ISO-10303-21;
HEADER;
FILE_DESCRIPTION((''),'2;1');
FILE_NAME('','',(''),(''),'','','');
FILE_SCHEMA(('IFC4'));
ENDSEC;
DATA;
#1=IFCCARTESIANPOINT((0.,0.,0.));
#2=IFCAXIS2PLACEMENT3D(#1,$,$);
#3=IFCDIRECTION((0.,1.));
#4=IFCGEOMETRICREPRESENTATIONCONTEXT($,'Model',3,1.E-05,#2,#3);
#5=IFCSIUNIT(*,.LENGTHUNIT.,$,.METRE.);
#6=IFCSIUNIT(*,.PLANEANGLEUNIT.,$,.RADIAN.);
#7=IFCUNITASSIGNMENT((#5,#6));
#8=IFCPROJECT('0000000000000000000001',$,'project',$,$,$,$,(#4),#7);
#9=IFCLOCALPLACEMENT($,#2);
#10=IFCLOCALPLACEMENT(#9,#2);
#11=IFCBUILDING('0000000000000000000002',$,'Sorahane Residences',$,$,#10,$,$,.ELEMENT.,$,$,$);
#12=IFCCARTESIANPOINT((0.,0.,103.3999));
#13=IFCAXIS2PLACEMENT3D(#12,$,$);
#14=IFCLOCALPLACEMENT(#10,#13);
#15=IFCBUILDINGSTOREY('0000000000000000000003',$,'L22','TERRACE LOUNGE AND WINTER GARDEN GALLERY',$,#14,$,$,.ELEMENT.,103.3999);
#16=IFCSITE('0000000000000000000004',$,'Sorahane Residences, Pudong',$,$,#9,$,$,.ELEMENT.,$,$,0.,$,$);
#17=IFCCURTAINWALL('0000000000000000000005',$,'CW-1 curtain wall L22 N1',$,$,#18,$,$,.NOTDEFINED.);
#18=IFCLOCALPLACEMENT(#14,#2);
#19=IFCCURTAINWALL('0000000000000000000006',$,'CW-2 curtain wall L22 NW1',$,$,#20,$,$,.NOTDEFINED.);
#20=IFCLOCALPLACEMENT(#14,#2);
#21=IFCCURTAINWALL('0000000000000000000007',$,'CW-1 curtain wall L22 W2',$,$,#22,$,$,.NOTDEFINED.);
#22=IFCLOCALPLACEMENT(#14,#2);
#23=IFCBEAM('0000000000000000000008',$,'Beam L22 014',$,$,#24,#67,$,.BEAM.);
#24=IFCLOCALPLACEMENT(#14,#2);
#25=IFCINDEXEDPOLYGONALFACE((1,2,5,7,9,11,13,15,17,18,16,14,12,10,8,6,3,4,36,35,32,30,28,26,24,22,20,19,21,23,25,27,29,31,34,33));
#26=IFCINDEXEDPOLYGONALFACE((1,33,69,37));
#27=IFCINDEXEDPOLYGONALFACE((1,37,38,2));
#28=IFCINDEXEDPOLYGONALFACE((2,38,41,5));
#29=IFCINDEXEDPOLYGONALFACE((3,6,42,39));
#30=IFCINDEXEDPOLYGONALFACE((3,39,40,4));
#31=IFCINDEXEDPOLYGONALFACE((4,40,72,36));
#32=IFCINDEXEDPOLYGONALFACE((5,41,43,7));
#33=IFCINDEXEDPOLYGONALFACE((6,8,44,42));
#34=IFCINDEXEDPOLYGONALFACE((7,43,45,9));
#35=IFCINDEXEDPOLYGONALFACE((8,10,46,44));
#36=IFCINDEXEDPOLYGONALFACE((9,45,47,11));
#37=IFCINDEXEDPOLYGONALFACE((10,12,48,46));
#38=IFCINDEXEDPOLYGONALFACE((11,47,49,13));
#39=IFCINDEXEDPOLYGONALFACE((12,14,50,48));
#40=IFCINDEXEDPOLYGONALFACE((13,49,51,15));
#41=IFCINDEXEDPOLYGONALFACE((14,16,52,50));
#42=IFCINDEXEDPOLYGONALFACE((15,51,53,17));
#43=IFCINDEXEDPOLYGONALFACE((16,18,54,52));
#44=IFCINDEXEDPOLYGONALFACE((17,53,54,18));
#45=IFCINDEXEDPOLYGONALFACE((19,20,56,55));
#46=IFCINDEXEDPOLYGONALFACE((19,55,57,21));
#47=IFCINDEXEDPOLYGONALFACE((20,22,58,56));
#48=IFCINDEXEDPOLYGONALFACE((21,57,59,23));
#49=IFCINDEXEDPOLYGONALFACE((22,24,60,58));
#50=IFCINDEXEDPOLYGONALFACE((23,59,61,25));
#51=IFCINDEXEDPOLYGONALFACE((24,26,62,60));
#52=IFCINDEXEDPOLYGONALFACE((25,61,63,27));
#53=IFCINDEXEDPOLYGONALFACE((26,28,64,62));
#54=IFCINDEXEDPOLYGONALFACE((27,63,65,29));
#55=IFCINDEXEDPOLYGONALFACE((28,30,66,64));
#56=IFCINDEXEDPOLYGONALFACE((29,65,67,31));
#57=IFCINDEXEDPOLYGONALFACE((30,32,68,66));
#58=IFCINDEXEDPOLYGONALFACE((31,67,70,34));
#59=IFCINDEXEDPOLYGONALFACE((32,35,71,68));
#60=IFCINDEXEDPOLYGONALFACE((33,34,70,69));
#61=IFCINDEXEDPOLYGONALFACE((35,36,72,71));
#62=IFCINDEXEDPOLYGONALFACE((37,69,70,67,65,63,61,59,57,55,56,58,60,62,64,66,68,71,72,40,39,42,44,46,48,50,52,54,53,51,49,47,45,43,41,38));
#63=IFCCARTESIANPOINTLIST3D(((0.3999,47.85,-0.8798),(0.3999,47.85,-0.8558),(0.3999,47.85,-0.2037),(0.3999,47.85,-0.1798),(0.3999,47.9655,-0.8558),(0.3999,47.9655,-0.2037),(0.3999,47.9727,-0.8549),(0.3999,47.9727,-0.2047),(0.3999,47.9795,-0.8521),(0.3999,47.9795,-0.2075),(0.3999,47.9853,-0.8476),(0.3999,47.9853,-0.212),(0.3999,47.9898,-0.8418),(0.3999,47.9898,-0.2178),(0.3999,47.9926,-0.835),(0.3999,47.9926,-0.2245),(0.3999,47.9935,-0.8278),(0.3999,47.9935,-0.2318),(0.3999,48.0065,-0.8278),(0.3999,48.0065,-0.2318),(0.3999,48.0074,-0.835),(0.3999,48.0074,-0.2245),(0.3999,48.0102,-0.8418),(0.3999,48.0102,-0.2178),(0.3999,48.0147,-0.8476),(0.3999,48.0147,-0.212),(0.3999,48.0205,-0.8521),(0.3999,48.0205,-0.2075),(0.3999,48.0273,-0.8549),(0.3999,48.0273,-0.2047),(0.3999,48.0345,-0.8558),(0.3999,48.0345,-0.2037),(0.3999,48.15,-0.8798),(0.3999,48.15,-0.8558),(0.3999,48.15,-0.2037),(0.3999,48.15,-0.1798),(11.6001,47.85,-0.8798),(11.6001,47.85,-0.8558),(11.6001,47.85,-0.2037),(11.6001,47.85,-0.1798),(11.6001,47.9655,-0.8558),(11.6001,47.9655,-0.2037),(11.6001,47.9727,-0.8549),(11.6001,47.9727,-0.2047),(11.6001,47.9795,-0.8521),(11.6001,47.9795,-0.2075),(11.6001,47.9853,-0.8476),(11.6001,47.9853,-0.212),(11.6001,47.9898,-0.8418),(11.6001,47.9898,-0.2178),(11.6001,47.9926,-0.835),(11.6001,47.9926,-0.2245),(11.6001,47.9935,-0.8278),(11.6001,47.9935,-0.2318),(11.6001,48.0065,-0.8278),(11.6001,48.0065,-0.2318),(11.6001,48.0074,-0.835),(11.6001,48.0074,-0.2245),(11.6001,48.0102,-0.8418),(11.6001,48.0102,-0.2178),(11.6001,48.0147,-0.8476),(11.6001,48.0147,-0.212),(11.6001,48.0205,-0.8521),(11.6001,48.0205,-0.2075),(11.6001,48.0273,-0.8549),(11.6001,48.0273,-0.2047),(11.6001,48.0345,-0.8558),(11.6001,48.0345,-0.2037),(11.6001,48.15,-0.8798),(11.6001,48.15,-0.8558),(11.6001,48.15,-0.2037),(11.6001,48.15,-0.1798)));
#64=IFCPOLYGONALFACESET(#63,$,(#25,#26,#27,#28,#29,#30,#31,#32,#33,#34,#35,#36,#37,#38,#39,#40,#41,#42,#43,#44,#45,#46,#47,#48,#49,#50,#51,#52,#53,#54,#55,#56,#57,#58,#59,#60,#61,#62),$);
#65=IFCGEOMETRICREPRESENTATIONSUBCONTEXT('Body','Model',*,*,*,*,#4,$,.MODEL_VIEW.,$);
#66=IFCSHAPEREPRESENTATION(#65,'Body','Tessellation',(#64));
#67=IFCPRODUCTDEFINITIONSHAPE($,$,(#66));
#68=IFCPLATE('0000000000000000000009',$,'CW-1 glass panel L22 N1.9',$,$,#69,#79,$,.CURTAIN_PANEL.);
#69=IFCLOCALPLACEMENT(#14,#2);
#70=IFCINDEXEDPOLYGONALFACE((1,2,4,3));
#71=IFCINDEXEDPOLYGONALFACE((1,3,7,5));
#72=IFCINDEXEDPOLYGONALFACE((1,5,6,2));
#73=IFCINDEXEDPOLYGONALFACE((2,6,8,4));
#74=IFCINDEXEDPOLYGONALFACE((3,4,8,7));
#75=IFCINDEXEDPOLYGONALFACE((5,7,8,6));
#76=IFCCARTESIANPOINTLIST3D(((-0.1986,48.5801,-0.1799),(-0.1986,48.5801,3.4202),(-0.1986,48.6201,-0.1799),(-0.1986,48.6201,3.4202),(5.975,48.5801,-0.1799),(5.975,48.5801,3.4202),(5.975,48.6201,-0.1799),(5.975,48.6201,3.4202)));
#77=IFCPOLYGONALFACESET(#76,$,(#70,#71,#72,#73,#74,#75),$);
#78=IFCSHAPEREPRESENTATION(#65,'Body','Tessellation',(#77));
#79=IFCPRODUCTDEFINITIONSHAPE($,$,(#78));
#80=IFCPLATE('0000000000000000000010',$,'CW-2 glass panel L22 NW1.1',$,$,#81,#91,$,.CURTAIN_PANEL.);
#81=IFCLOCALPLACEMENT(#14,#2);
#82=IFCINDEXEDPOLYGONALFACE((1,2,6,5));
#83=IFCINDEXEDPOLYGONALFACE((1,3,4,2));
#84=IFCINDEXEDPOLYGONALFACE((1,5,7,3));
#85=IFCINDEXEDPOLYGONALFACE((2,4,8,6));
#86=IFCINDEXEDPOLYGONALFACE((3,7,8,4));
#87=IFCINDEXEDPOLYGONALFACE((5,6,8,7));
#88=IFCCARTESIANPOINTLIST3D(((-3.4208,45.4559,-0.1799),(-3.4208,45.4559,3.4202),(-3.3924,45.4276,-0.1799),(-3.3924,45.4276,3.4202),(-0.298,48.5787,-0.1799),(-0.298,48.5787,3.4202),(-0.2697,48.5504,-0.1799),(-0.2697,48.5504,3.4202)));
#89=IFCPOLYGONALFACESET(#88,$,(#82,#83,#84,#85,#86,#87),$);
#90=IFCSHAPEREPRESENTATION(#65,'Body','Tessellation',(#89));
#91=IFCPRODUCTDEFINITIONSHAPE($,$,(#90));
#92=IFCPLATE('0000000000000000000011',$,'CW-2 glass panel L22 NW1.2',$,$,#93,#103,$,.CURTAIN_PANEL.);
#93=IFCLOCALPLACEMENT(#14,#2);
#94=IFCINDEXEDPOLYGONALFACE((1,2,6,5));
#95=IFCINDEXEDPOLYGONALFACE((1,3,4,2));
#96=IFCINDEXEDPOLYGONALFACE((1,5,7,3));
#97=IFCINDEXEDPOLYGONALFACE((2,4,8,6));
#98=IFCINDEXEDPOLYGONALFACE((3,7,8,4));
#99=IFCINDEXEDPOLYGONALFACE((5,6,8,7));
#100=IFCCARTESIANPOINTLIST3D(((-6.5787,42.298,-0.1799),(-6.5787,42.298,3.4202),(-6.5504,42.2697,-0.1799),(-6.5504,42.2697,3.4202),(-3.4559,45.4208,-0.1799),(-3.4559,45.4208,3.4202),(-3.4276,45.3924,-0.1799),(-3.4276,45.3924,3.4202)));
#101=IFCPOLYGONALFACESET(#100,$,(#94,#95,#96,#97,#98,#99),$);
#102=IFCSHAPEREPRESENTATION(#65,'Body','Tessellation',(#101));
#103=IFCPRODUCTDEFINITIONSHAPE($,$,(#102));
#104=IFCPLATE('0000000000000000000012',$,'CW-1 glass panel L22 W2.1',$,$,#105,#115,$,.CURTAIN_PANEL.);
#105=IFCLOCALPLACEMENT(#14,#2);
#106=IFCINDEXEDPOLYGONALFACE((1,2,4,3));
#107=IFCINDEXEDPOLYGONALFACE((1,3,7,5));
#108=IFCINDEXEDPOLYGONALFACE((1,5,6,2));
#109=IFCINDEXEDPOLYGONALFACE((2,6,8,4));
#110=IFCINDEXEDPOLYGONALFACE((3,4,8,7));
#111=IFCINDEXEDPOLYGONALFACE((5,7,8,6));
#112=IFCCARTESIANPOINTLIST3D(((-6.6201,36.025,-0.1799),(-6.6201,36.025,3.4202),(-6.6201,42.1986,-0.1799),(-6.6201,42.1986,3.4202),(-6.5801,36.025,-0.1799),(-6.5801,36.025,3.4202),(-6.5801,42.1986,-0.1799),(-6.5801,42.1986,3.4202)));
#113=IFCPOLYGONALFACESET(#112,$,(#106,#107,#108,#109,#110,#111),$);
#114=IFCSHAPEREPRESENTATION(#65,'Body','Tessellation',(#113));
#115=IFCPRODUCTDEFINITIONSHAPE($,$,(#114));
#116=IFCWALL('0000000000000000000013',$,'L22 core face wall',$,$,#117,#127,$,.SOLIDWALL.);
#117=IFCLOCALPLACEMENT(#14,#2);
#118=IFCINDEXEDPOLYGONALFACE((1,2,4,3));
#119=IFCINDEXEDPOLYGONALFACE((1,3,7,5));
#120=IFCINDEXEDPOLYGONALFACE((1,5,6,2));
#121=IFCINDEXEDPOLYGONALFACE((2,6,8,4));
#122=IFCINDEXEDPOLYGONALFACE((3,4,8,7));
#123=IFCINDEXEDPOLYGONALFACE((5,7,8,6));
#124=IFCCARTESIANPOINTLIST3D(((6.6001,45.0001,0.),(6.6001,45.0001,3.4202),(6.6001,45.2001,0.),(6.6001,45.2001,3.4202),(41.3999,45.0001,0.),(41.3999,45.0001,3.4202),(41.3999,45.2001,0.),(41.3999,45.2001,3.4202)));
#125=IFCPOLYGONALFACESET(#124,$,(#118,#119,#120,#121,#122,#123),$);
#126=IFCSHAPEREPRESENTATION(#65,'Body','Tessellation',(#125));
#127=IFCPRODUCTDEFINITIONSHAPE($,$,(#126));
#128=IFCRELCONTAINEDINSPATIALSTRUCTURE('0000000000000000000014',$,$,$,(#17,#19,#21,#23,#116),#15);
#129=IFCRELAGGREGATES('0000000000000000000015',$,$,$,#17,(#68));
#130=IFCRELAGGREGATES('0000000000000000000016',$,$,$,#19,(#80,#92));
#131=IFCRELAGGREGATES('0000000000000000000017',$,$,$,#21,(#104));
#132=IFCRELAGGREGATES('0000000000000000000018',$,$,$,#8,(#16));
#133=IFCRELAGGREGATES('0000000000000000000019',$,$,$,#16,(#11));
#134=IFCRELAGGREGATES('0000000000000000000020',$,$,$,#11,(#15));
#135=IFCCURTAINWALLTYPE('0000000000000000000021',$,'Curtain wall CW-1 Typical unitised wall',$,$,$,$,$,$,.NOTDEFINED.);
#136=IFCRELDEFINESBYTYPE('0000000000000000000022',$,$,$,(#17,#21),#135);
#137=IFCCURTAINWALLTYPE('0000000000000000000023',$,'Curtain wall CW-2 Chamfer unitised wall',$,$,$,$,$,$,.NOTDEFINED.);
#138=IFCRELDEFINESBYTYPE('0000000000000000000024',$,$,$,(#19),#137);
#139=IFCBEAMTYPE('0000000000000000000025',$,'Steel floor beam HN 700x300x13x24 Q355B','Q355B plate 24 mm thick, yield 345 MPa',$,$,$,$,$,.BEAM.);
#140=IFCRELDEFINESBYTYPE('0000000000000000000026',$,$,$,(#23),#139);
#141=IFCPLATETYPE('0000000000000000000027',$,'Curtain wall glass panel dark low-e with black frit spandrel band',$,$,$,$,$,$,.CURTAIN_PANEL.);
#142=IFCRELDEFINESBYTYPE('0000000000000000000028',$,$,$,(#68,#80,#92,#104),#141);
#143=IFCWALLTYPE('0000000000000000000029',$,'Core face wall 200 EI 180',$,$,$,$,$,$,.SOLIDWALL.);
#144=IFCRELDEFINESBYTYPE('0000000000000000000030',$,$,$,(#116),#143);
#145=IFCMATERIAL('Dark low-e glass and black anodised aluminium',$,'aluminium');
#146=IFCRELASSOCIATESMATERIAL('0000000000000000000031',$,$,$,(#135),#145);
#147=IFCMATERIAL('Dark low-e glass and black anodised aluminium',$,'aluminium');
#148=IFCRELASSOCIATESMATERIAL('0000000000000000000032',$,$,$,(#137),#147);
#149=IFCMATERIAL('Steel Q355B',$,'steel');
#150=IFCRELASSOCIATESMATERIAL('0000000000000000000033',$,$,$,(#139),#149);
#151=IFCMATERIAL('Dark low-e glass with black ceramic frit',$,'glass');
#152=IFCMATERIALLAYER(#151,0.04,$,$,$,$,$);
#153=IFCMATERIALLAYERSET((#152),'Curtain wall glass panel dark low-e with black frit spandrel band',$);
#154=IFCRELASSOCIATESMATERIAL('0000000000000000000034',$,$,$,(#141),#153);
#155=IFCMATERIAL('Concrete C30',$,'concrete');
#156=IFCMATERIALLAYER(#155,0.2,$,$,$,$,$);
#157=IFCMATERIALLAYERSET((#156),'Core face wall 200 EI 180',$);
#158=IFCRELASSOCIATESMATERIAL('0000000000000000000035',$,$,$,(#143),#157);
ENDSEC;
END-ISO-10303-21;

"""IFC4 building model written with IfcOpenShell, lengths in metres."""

from ifc_helpers import new_model, si_unit, direction, frame, frame_2d, origin, origin_2d, place, context, subcontext, project, spatial, rectangle, i_section, extrude, material, layer, layer_set, material_profile, profile_set, type_object, element, aggregate, save


model = new_model("IFC4")

# Units and contexts
model_context = context("Model", 3, precision=1e-05, world=origin(), true_north=direction((0.0, 1.0)))
body_context = subcontext(model_context, "Body", "Model", "MODEL_VIEW")
ifc_project = project(units=[si_unit("LENGTHUNIT", "METRE"), si_unit("PLANEANGLEUNIT", "RADIAN")], contexts=[model_context])

# Site, building, storey
site_placement = place(None, origin())
site = spatial("IfcSite", under=ifc_project, at=site_placement, Name="Sorahane Residences, Pudong", CompositionType="ELEMENT", RefElevation=0.0)
building_placement = place(site_placement, origin())
building = spatial("IfcBuilding", under=site, at=building_placement, Name="Sorahane Residences", CompositionType="ELEMENT")
storey_placement = place(building_placement, frame((0.0, 0.0, 103.3999)))
storey = spatial("IfcBuildingStorey", under=building, at=storey_placement, Name="L22", Description="TERRACE LOUNGE AND WINTER GARDEN GALLERY", CompositionType="ELEMENT", Elevation=103.3999)

# Curtain walls
ifc_material_1 = material(Name="Dark low-e glass and black anodised aluminium", Category="aluminium")
curtain_wall_type_1 = type_object("IfcCurtainWallType", Name="Curtain wall CW-1 Typical unitised wall", PredefinedType="NOTDEFINED", material=ifc_material_1)
curtain_wall_1_placement = place(storey_placement, origin())
curtain_wall_1 = element("IfcCurtainWall", 1, at=curtain_wall_1_placement, inside=storey, type_object=curtain_wall_type_1, Name="CW-1 curtain wall L22 N1", PredefinedType="NOTDEFINED")
ifc_material_2 = material(Name="Dark low-e glass and black anodised aluminium", Category="aluminium")
curtain_wall_type_2 = type_object("IfcCurtainWallType", Name="Curtain wall CW-2 Chamfer unitised wall", PredefinedType="NOTDEFINED", material=ifc_material_2)
curtain_wall_2_placement = place(storey_placement, origin())
curtain_wall_2 = element("IfcCurtainWall", 2, at=curtain_wall_2_placement, inside=storey, type_object=curtain_wall_type_2, Name="CW-2 curtain wall L22 NW1", PredefinedType="NOTDEFINED")

# Curtain wall
curtain_wall_3_placement = place(storey_placement, origin())
curtain_wall_3 = element("IfcCurtainWall", 3, at=curtain_wall_3_placement, inside=storey, type_object=curtain_wall_type_1, Name="CW-1 curtain wall L22 W2", PredefinedType="NOTDEFINED")

# Beam
ifc_material_3 = material(Name="Steel Q355B", Category="steel")
ifc_material_profile_1 = material_profile(ifc_material_3, i_section(OverallWidth=0.3, OverallDepth=0.7, WebThickness=0.0129, FlangeThickness=0.0239, FilletRadius=0.0281, at=origin_2d()), Name="HN 700x300x13x24")
ifc_profile_set_1 = profile_set([ifc_material_profile_1], Name="Steel Q355B")
beam_type_1 = type_object("IfcBeamType", Name="Steel floor beam HN 700x300x13x24 Q355B", Description="Q355B plate 24 mm thick, yield 345 MPa", PredefinedType="BEAM", material=ifc_profile_set_1)
beam_1_placement = place(storey_placement, frame((0.3999, 48.0, -0.5298), z_axis=(1.0, 0.0, 0.0), x_axis=(0.0, 1.0, 0.0)))
element("IfcBeam", 4, at=beam_1_placement, inside=storey, type_object=beam_type_1, Name="Beam L22 014", PredefinedType="BEAM", context=body_context, shape_type="SweptSolid", body=[
    extrude(i_section(OverallWidth=0.3, OverallDepth=0.7, WebThickness=0.0129, FlangeThickness=0.0239, FilletRadius=0.0281, at=origin_2d()), origin(), (0.0, 0.0, 1.0), 11.2002),
])

# Plates
ifc_material_4 = material(Name="Dark low-e glass with black ceramic frit", Category="glass")
ifc_layer_1 = layer(ifc_material_4, 0.04)
ifc_layer_set_1 = layer_set([ifc_layer_1], Name="Curtain wall glass panel dark low-e with black frit spandrel band")
plate_type = type_object("IfcPlateType", Name="Curtain wall glass panel dark low-e with black frit spandrel band", PredefinedType="CURTAIN_PANEL", material=ifc_layer_set_1)
plate_1_placement = place(storey_placement, frame((2.8882, 48.6001, -0.1799), z_axis=(0.0, 0.0, 1.0), x_axis=(-1.0, 0.0, 0.0)))
plate_1 = element("IfcPlate", 5, at=plate_1_placement, type_object=plate_type, Name="CW-1 glass panel L22 N1.9", PredefinedType="CURTAIN_PANEL", context=body_context, shape_type="SweptSolid", body=[
    extrude(rectangle(XDim=6.1736, YDim=0.04, at=origin_2d()), origin(), (0.0, 0.0, 1.0), 3.6001),
])
aggregate(curtain_wall_1, [plate_1])
plate_2_placement = place(storey_placement, frame((-1.8452, 47.0032, -0.1799), z_axis=(0.0, 0.0, 1.0), x_axis=(-0.707107, -0.707107, 0.0)))
plate_2 = element("IfcPlate", 6, at=plate_2_placement, type_object=plate_type, Name="CW-2 glass panel L22 NW1.1", PredefinedType="CURTAIN_PANEL", context=body_context, shape_type="SweptSolid", body=[
    extrude(rectangle(XDim=4.4163, YDim=0.04, at=origin_2d()), origin(), (0.0, 0.0, 1.0), 3.6001),
])
plate_3_placement = place(storey_placement, frame((-5.0032, 43.8452, -0.1799), z_axis=(0.0, 0.0, 1.0), x_axis=(-0.707107, -0.707107, 0.0)))
plate_3 = element("IfcPlate", 7, at=plate_3_placement, type_object=plate_type, Name="CW-2 glass panel L22 NW1.2", PredefinedType="CURTAIN_PANEL", context=body_context, shape_type="SweptSolid", body=[
    extrude(rectangle(XDim=4.4163, YDim=0.04, at=origin_2d()), origin(), (0.0, 0.0, 1.0), 3.6001),
])
aggregate(curtain_wall_2, [plate_2, plate_3])
plate_4_placement = place(storey_placement, frame((-6.6001, 39.1118, -0.1799), z_axis=(0.0, 0.0, 1.0), x_axis=(0.0, -1.0, 0.0)))
plate_4 = element("IfcPlate", 8, at=plate_4_placement, type_object=plate_type, Name="CW-1 glass panel L22 W2.1", PredefinedType="CURTAIN_PANEL", context=body_context, shape_type="SweptSolid", body=[
    extrude(rectangle(XDim=6.1736, YDim=0.04, at=origin_2d()), origin(), (0.0, 0.0, 1.0), 3.6001),
])
aggregate(curtain_wall_3, [plate_4])

# Wall
ifc_material_5 = material(Name="Concrete C30", Category="concrete")
ifc_layer_2 = layer(ifc_material_5, 0.2)
ifc_layer_set_2 = layer_set([ifc_layer_2], Name="Core face wall 200 EI 180")
wall_type = type_object("IfcWallType", Name="Core face wall 200 EI 180", PredefinedType="SOLIDWALL", material=ifc_layer_set_2)
wall_placement = place(storey_placement, frame((6.6001, 45.1001, 0.0), z_axis=(0.0, 0.0, 1.0), x_axis=(1.0, 0.0, 0.0)))
element("IfcWall", 9, at=wall_placement, inside=storey, type_object=wall_type, Name="L22 core face wall", PredefinedType="SOLIDWALL", context=body_context, shape_type="SweptSolid", body=[
    extrude(rectangle(XDim=34.7998, YDim=0.2, at=frame_2d((17.3999, 0.0))), origin(), (0.0, 0.0, 1.0), 3.4202),
])

save(model, "model.ifc")
